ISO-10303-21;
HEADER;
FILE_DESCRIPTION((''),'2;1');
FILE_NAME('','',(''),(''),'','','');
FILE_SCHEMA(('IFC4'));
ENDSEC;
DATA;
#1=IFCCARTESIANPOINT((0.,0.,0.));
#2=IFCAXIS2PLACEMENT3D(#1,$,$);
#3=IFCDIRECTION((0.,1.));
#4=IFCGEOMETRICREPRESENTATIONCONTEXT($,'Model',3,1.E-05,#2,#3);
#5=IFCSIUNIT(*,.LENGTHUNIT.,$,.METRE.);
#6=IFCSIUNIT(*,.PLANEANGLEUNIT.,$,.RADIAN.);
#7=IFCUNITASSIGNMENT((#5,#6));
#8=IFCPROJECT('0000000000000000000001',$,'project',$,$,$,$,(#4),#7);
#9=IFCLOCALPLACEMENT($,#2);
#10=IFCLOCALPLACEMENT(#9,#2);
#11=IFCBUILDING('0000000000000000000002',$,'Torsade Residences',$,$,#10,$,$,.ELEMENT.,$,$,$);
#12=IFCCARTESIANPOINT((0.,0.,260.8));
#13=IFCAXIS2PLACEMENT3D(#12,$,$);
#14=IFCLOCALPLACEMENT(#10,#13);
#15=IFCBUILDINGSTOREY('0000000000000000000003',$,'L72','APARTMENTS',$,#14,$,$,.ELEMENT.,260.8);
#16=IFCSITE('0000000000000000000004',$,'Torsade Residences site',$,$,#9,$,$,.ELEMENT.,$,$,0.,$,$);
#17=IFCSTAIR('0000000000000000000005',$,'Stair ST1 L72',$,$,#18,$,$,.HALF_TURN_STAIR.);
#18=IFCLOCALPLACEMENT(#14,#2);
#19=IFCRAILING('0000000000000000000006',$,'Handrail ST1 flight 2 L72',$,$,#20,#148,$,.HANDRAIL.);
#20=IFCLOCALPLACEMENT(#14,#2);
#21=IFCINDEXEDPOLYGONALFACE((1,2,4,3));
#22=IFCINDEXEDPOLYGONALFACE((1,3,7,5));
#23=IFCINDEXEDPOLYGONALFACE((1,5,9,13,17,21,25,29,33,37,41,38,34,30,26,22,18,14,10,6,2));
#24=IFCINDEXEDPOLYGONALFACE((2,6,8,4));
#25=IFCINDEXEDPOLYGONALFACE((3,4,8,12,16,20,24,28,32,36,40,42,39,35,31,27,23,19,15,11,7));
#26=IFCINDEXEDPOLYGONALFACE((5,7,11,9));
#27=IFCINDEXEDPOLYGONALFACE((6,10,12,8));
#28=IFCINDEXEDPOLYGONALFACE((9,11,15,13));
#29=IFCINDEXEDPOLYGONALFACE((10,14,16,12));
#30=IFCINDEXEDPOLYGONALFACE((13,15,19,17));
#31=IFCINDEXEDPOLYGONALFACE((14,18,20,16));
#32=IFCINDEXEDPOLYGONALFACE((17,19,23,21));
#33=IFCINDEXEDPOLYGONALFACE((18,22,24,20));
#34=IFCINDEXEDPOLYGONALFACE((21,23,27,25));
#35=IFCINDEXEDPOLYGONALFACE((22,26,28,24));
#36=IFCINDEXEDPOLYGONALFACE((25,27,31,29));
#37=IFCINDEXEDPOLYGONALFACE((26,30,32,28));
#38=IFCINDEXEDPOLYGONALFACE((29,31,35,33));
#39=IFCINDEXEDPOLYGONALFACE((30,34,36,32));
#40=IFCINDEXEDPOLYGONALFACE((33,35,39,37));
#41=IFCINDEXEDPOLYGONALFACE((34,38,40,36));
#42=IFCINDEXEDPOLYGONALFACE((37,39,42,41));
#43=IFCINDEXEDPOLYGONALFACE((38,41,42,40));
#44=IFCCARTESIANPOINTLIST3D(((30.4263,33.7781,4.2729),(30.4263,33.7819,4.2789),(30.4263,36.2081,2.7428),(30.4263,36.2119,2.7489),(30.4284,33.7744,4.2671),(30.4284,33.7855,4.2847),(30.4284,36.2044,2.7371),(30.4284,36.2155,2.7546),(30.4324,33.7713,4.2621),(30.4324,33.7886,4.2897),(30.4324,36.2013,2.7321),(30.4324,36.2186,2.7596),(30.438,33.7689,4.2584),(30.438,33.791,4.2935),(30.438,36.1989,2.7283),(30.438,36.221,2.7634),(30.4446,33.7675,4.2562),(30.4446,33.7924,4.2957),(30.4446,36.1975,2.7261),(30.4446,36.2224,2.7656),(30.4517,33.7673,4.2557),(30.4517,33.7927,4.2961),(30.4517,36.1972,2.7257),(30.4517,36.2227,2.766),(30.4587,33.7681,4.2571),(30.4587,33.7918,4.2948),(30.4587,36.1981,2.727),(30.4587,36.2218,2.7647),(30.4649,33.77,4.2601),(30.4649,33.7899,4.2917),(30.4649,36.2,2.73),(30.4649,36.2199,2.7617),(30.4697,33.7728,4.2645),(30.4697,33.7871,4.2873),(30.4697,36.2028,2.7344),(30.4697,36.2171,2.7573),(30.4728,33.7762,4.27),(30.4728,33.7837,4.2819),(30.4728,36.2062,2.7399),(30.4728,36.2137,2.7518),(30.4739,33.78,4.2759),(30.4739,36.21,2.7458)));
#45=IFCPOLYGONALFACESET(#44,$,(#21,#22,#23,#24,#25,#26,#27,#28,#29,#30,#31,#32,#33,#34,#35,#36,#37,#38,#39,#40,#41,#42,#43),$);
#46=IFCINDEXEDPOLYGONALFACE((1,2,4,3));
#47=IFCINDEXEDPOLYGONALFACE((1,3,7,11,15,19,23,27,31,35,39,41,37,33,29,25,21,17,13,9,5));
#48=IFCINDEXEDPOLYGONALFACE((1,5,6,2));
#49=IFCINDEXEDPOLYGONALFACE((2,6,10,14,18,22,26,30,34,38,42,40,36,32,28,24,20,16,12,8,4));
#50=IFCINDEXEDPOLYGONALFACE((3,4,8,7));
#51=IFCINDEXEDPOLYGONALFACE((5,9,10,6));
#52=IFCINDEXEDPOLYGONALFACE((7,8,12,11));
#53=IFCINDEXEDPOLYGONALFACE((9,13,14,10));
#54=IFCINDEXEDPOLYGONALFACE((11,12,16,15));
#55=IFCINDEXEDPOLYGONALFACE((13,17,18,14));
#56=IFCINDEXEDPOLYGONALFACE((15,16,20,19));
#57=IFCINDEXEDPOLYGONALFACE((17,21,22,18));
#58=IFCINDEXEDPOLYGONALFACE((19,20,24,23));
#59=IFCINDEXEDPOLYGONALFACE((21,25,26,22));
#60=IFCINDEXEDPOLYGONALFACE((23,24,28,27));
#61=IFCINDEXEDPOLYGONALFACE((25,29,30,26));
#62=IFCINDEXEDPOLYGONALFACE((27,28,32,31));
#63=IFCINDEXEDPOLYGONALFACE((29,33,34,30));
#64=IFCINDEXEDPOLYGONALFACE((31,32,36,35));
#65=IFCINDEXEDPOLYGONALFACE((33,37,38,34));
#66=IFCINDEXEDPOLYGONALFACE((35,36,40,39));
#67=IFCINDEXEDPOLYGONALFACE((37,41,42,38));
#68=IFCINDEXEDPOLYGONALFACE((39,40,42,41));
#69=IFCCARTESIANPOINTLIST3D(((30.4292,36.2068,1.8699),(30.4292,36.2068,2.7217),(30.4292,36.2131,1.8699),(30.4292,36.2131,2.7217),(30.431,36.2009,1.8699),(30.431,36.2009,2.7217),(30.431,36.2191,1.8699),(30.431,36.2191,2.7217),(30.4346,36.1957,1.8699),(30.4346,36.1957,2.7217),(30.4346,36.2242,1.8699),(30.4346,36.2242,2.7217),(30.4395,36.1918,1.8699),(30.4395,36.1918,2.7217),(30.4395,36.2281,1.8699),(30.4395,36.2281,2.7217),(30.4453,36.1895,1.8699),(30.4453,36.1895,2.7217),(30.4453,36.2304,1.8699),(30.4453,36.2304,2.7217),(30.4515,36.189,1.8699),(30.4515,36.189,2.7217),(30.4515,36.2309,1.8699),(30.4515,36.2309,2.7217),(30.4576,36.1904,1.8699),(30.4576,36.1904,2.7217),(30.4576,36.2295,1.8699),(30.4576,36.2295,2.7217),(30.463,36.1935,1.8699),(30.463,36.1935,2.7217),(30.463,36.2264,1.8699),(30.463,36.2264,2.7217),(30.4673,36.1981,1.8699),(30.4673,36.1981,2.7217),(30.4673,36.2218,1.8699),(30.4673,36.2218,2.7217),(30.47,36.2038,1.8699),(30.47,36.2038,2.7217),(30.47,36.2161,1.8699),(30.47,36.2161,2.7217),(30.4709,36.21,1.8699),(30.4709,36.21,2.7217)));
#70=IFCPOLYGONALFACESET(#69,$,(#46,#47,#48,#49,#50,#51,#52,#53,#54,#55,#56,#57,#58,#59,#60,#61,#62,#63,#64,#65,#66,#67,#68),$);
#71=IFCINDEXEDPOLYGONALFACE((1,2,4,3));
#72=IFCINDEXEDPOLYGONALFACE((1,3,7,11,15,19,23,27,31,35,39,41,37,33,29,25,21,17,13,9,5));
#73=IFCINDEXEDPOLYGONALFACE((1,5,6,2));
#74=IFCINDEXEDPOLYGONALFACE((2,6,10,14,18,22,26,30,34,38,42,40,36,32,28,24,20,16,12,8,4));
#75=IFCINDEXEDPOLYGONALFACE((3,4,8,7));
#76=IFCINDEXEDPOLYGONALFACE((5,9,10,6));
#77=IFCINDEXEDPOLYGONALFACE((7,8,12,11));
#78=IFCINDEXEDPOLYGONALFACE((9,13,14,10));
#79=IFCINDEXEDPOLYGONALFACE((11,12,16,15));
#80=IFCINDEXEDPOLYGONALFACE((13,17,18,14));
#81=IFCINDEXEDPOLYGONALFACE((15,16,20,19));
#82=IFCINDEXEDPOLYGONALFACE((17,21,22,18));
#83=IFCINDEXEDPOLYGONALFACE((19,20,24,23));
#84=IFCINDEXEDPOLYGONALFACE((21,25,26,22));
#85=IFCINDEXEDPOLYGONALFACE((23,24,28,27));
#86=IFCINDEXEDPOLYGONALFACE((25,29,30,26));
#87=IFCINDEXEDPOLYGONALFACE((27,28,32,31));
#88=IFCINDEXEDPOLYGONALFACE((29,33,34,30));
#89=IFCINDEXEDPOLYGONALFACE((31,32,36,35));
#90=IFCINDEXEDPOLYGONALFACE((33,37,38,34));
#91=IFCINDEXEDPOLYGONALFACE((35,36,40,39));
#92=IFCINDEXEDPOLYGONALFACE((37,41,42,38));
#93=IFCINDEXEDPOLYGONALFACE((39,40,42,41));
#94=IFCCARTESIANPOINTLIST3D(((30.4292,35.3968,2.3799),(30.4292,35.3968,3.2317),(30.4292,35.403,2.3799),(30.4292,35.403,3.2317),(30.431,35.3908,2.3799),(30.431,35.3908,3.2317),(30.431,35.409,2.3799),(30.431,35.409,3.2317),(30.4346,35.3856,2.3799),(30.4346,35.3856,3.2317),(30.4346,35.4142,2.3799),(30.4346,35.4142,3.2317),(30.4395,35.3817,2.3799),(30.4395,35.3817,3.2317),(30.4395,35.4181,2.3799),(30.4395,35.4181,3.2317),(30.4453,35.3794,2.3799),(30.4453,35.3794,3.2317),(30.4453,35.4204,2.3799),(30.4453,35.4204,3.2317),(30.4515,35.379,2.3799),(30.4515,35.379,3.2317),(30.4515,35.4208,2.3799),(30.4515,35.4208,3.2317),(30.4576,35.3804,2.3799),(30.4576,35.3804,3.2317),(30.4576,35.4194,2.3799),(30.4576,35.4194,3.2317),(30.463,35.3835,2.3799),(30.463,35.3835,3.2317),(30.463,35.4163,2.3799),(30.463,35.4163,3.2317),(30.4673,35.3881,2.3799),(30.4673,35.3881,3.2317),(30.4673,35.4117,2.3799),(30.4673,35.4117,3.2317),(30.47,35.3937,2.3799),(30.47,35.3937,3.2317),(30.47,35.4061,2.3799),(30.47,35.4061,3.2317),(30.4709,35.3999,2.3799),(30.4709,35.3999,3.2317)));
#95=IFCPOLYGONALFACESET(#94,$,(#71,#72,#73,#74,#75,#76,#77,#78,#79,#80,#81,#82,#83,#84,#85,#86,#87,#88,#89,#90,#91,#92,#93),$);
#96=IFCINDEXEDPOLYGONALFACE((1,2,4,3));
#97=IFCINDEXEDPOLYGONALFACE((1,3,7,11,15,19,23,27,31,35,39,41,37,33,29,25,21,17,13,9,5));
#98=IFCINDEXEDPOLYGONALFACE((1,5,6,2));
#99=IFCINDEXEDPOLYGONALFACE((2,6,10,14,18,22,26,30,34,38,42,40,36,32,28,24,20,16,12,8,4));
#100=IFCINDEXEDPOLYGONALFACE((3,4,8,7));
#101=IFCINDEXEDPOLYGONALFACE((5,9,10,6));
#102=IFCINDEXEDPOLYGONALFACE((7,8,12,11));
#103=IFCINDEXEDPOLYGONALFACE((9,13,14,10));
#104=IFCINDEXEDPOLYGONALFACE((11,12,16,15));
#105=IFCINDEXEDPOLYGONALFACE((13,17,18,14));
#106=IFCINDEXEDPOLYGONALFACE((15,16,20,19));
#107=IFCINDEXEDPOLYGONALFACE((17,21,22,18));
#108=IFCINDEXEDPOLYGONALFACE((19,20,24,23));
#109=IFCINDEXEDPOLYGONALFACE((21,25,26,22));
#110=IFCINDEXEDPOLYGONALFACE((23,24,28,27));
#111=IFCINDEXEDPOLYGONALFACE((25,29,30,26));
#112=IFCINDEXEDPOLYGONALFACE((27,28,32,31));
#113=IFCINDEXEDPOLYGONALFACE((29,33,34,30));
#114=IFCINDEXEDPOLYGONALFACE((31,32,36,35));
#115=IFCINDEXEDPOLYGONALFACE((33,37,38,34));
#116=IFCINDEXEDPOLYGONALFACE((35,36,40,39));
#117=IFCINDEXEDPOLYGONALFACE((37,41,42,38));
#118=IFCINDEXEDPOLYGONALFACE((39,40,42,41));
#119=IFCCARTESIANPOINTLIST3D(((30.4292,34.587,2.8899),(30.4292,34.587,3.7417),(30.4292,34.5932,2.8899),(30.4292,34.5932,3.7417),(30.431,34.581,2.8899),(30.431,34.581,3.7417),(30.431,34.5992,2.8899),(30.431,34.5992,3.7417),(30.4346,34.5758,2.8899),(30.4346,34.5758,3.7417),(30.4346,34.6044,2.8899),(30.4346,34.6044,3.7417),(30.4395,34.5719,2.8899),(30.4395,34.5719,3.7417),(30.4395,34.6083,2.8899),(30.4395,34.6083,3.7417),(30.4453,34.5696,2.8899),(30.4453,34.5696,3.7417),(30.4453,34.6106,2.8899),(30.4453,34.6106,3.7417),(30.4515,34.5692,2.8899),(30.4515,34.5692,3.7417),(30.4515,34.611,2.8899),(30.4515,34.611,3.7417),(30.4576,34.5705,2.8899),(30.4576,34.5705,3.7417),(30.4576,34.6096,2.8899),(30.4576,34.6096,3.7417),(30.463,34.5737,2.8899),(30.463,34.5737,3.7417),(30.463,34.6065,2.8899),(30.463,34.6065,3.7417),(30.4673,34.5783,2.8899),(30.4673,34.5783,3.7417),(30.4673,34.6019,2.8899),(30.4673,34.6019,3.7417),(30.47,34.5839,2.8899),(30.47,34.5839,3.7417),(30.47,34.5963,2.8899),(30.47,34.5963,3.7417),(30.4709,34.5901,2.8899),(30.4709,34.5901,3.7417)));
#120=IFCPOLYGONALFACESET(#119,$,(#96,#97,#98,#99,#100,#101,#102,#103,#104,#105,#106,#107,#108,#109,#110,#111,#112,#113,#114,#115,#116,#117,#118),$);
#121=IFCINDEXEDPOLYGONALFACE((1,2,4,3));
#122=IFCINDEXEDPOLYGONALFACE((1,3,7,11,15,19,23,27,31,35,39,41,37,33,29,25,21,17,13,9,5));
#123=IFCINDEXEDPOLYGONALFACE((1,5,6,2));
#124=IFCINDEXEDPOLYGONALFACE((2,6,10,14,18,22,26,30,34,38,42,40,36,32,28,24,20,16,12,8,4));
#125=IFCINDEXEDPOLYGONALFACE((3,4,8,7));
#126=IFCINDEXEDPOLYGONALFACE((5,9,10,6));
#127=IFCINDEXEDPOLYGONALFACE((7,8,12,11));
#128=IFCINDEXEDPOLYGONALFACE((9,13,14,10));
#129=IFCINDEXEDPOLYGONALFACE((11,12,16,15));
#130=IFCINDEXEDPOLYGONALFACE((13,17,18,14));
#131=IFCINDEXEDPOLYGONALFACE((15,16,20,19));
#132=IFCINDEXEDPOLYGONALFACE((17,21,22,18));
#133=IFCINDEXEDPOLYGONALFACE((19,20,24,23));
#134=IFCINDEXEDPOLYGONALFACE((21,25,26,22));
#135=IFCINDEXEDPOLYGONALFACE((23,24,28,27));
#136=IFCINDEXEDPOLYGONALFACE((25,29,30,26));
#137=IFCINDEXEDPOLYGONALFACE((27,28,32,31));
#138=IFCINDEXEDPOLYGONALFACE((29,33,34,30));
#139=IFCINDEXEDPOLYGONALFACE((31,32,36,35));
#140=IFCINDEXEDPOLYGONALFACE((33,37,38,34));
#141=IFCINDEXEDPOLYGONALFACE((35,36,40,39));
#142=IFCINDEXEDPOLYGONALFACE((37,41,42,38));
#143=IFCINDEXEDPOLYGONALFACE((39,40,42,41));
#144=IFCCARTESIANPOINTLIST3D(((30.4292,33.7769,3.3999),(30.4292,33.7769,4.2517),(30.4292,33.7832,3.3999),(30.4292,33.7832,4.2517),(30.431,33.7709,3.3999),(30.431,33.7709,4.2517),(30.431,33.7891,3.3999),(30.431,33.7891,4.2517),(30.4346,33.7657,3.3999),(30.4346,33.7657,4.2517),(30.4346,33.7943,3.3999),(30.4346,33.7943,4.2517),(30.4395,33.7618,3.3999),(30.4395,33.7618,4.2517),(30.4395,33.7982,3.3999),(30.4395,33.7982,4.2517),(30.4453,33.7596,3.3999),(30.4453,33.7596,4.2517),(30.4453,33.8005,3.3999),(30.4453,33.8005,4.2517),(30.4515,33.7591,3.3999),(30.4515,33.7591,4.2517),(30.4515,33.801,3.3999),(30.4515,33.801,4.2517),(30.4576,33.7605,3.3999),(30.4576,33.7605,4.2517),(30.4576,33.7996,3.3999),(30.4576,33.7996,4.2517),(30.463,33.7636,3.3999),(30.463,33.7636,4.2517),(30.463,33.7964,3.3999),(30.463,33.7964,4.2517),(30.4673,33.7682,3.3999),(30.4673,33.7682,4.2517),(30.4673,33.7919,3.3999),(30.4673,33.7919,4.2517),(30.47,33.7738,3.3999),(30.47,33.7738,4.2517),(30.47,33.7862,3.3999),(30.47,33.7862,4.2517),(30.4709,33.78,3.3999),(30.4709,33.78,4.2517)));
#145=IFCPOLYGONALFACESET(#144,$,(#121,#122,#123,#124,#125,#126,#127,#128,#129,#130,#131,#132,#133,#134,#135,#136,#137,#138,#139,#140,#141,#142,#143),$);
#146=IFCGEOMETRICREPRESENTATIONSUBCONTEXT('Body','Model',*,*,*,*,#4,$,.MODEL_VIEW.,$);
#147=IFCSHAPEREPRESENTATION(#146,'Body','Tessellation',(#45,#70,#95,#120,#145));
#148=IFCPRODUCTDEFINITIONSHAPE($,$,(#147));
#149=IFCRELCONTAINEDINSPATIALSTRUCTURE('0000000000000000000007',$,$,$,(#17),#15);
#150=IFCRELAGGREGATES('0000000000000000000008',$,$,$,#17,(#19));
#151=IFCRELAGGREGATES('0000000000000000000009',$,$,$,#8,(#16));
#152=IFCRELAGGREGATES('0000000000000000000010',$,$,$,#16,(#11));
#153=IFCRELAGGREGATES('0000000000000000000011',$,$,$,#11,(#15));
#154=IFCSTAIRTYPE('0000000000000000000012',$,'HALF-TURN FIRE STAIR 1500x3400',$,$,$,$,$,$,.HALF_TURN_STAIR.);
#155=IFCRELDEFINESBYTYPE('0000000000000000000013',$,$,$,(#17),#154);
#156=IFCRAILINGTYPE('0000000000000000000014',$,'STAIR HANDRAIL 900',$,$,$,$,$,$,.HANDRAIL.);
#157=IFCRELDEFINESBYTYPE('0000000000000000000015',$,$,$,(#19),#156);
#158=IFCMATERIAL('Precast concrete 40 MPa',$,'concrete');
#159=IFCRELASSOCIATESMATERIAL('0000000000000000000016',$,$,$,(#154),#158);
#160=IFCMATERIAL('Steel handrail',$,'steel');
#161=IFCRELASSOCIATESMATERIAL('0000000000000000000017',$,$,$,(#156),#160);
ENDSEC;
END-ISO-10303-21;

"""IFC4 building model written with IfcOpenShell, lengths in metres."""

from ifc_helpers import new_model, si_unit, direction, frame, origin, origin_2d, place, context, subcontext, project, spatial, circle, extrude, material, type_object, element, aggregate, save


model = new_model("IFC4")

# Units and contexts
model_context = context("Model", 3, precision=1e-05, world=origin(), true_north=direction((0.0, 1.0)))
body_context = subcontext(model_context, "Body", "Model", "MODEL_VIEW")
ifc_project = project(units=[si_unit("LENGTHUNIT", "METRE"), si_unit("PLANEANGLEUNIT", "RADIAN")], contexts=[model_context])

# Site, building, storey
site_placement = place(None, origin())
site = spatial("IfcSite", under=ifc_project, at=site_placement, Name="Torsade Residences site", CompositionType="ELEMENT", RefElevation=0.0)
building_placement = place(site_placement, origin())
building = spatial("IfcBuilding", under=site, at=building_placement, Name="Torsade Residences", CompositionType="ELEMENT")
storey_placement = place(building_placement, frame((0.0, 0.0, 260.8)))
storey = spatial("IfcBuildingStorey", under=building, at=storey_placement, Name="L72", Description="APARTMENTS", CompositionType="ELEMENT", Elevation=260.8)

# Stair, railing
ifc_material_1 = material(Name="Precast concrete 40 MPa", Category="concrete")
stair_type = type_object("IfcStairType", Name="HALF-TURN FIRE STAIR 1500x3400", PredefinedType="HALF_TURN_STAIR", material=ifc_material_1)
stair_placement = place(storey_placement, origin())
stair = element("IfcStair", 1, at=stair_placement, inside=storey, type_object=stair_type, Name="Stair ST1 L72", PredefinedType="HALF_TURN_STAIR")
ifc_material_2 = material(Name="Steel handrail", Category="steel")
railing_type = type_object("IfcRailingType", Name="STAIR HANDRAIL 900", PredefinedType="HANDRAIL", material=ifc_material_2)
railing_1_placement = place(storey_placement, frame((30.45, 36.21, 1.8699)))
railing_1 = element("IfcRailing", 2, at=railing_1_placement, type_object=railing_type, Name="Handrail ST1 flight 2 L72", PredefinedType="HANDRAIL", context=body_context, shape_type="SweptSolid", body=[
    extrude(circle(Radius=0.0239, at=origin_2d()), frame((0.0, 0.0, 0.876), z_axis=(0.0, -0.846221, 0.532831), x_axis=(1.0, 0.0, 0.0)), (0.0, 0.0, 1.0), 2.8716),
    extrude(circle(Radius=0.021, at=origin_2d()), origin(), (0.0, 0.0, 1.0), 0.8518),
    extrude(circle(Radius=0.021, at=origin_2d()), frame((0.0, -0.8101, 0.51)), (0.0, 0.0, 1.0), 0.8518),
    extrude(circle(Radius=0.021, at=origin_2d()), frame((0.0, -1.6199, 1.02)), (0.0, 0.0, 1.0), 0.8518),
    extrude(circle(Radius=0.021, at=origin_2d()), frame((0.0, -2.4299, 1.53)), (0.0, 0.0, 1.0), 0.8518),
])
aggregate(stair, [railing_1])

save(model, "model.ifc")
